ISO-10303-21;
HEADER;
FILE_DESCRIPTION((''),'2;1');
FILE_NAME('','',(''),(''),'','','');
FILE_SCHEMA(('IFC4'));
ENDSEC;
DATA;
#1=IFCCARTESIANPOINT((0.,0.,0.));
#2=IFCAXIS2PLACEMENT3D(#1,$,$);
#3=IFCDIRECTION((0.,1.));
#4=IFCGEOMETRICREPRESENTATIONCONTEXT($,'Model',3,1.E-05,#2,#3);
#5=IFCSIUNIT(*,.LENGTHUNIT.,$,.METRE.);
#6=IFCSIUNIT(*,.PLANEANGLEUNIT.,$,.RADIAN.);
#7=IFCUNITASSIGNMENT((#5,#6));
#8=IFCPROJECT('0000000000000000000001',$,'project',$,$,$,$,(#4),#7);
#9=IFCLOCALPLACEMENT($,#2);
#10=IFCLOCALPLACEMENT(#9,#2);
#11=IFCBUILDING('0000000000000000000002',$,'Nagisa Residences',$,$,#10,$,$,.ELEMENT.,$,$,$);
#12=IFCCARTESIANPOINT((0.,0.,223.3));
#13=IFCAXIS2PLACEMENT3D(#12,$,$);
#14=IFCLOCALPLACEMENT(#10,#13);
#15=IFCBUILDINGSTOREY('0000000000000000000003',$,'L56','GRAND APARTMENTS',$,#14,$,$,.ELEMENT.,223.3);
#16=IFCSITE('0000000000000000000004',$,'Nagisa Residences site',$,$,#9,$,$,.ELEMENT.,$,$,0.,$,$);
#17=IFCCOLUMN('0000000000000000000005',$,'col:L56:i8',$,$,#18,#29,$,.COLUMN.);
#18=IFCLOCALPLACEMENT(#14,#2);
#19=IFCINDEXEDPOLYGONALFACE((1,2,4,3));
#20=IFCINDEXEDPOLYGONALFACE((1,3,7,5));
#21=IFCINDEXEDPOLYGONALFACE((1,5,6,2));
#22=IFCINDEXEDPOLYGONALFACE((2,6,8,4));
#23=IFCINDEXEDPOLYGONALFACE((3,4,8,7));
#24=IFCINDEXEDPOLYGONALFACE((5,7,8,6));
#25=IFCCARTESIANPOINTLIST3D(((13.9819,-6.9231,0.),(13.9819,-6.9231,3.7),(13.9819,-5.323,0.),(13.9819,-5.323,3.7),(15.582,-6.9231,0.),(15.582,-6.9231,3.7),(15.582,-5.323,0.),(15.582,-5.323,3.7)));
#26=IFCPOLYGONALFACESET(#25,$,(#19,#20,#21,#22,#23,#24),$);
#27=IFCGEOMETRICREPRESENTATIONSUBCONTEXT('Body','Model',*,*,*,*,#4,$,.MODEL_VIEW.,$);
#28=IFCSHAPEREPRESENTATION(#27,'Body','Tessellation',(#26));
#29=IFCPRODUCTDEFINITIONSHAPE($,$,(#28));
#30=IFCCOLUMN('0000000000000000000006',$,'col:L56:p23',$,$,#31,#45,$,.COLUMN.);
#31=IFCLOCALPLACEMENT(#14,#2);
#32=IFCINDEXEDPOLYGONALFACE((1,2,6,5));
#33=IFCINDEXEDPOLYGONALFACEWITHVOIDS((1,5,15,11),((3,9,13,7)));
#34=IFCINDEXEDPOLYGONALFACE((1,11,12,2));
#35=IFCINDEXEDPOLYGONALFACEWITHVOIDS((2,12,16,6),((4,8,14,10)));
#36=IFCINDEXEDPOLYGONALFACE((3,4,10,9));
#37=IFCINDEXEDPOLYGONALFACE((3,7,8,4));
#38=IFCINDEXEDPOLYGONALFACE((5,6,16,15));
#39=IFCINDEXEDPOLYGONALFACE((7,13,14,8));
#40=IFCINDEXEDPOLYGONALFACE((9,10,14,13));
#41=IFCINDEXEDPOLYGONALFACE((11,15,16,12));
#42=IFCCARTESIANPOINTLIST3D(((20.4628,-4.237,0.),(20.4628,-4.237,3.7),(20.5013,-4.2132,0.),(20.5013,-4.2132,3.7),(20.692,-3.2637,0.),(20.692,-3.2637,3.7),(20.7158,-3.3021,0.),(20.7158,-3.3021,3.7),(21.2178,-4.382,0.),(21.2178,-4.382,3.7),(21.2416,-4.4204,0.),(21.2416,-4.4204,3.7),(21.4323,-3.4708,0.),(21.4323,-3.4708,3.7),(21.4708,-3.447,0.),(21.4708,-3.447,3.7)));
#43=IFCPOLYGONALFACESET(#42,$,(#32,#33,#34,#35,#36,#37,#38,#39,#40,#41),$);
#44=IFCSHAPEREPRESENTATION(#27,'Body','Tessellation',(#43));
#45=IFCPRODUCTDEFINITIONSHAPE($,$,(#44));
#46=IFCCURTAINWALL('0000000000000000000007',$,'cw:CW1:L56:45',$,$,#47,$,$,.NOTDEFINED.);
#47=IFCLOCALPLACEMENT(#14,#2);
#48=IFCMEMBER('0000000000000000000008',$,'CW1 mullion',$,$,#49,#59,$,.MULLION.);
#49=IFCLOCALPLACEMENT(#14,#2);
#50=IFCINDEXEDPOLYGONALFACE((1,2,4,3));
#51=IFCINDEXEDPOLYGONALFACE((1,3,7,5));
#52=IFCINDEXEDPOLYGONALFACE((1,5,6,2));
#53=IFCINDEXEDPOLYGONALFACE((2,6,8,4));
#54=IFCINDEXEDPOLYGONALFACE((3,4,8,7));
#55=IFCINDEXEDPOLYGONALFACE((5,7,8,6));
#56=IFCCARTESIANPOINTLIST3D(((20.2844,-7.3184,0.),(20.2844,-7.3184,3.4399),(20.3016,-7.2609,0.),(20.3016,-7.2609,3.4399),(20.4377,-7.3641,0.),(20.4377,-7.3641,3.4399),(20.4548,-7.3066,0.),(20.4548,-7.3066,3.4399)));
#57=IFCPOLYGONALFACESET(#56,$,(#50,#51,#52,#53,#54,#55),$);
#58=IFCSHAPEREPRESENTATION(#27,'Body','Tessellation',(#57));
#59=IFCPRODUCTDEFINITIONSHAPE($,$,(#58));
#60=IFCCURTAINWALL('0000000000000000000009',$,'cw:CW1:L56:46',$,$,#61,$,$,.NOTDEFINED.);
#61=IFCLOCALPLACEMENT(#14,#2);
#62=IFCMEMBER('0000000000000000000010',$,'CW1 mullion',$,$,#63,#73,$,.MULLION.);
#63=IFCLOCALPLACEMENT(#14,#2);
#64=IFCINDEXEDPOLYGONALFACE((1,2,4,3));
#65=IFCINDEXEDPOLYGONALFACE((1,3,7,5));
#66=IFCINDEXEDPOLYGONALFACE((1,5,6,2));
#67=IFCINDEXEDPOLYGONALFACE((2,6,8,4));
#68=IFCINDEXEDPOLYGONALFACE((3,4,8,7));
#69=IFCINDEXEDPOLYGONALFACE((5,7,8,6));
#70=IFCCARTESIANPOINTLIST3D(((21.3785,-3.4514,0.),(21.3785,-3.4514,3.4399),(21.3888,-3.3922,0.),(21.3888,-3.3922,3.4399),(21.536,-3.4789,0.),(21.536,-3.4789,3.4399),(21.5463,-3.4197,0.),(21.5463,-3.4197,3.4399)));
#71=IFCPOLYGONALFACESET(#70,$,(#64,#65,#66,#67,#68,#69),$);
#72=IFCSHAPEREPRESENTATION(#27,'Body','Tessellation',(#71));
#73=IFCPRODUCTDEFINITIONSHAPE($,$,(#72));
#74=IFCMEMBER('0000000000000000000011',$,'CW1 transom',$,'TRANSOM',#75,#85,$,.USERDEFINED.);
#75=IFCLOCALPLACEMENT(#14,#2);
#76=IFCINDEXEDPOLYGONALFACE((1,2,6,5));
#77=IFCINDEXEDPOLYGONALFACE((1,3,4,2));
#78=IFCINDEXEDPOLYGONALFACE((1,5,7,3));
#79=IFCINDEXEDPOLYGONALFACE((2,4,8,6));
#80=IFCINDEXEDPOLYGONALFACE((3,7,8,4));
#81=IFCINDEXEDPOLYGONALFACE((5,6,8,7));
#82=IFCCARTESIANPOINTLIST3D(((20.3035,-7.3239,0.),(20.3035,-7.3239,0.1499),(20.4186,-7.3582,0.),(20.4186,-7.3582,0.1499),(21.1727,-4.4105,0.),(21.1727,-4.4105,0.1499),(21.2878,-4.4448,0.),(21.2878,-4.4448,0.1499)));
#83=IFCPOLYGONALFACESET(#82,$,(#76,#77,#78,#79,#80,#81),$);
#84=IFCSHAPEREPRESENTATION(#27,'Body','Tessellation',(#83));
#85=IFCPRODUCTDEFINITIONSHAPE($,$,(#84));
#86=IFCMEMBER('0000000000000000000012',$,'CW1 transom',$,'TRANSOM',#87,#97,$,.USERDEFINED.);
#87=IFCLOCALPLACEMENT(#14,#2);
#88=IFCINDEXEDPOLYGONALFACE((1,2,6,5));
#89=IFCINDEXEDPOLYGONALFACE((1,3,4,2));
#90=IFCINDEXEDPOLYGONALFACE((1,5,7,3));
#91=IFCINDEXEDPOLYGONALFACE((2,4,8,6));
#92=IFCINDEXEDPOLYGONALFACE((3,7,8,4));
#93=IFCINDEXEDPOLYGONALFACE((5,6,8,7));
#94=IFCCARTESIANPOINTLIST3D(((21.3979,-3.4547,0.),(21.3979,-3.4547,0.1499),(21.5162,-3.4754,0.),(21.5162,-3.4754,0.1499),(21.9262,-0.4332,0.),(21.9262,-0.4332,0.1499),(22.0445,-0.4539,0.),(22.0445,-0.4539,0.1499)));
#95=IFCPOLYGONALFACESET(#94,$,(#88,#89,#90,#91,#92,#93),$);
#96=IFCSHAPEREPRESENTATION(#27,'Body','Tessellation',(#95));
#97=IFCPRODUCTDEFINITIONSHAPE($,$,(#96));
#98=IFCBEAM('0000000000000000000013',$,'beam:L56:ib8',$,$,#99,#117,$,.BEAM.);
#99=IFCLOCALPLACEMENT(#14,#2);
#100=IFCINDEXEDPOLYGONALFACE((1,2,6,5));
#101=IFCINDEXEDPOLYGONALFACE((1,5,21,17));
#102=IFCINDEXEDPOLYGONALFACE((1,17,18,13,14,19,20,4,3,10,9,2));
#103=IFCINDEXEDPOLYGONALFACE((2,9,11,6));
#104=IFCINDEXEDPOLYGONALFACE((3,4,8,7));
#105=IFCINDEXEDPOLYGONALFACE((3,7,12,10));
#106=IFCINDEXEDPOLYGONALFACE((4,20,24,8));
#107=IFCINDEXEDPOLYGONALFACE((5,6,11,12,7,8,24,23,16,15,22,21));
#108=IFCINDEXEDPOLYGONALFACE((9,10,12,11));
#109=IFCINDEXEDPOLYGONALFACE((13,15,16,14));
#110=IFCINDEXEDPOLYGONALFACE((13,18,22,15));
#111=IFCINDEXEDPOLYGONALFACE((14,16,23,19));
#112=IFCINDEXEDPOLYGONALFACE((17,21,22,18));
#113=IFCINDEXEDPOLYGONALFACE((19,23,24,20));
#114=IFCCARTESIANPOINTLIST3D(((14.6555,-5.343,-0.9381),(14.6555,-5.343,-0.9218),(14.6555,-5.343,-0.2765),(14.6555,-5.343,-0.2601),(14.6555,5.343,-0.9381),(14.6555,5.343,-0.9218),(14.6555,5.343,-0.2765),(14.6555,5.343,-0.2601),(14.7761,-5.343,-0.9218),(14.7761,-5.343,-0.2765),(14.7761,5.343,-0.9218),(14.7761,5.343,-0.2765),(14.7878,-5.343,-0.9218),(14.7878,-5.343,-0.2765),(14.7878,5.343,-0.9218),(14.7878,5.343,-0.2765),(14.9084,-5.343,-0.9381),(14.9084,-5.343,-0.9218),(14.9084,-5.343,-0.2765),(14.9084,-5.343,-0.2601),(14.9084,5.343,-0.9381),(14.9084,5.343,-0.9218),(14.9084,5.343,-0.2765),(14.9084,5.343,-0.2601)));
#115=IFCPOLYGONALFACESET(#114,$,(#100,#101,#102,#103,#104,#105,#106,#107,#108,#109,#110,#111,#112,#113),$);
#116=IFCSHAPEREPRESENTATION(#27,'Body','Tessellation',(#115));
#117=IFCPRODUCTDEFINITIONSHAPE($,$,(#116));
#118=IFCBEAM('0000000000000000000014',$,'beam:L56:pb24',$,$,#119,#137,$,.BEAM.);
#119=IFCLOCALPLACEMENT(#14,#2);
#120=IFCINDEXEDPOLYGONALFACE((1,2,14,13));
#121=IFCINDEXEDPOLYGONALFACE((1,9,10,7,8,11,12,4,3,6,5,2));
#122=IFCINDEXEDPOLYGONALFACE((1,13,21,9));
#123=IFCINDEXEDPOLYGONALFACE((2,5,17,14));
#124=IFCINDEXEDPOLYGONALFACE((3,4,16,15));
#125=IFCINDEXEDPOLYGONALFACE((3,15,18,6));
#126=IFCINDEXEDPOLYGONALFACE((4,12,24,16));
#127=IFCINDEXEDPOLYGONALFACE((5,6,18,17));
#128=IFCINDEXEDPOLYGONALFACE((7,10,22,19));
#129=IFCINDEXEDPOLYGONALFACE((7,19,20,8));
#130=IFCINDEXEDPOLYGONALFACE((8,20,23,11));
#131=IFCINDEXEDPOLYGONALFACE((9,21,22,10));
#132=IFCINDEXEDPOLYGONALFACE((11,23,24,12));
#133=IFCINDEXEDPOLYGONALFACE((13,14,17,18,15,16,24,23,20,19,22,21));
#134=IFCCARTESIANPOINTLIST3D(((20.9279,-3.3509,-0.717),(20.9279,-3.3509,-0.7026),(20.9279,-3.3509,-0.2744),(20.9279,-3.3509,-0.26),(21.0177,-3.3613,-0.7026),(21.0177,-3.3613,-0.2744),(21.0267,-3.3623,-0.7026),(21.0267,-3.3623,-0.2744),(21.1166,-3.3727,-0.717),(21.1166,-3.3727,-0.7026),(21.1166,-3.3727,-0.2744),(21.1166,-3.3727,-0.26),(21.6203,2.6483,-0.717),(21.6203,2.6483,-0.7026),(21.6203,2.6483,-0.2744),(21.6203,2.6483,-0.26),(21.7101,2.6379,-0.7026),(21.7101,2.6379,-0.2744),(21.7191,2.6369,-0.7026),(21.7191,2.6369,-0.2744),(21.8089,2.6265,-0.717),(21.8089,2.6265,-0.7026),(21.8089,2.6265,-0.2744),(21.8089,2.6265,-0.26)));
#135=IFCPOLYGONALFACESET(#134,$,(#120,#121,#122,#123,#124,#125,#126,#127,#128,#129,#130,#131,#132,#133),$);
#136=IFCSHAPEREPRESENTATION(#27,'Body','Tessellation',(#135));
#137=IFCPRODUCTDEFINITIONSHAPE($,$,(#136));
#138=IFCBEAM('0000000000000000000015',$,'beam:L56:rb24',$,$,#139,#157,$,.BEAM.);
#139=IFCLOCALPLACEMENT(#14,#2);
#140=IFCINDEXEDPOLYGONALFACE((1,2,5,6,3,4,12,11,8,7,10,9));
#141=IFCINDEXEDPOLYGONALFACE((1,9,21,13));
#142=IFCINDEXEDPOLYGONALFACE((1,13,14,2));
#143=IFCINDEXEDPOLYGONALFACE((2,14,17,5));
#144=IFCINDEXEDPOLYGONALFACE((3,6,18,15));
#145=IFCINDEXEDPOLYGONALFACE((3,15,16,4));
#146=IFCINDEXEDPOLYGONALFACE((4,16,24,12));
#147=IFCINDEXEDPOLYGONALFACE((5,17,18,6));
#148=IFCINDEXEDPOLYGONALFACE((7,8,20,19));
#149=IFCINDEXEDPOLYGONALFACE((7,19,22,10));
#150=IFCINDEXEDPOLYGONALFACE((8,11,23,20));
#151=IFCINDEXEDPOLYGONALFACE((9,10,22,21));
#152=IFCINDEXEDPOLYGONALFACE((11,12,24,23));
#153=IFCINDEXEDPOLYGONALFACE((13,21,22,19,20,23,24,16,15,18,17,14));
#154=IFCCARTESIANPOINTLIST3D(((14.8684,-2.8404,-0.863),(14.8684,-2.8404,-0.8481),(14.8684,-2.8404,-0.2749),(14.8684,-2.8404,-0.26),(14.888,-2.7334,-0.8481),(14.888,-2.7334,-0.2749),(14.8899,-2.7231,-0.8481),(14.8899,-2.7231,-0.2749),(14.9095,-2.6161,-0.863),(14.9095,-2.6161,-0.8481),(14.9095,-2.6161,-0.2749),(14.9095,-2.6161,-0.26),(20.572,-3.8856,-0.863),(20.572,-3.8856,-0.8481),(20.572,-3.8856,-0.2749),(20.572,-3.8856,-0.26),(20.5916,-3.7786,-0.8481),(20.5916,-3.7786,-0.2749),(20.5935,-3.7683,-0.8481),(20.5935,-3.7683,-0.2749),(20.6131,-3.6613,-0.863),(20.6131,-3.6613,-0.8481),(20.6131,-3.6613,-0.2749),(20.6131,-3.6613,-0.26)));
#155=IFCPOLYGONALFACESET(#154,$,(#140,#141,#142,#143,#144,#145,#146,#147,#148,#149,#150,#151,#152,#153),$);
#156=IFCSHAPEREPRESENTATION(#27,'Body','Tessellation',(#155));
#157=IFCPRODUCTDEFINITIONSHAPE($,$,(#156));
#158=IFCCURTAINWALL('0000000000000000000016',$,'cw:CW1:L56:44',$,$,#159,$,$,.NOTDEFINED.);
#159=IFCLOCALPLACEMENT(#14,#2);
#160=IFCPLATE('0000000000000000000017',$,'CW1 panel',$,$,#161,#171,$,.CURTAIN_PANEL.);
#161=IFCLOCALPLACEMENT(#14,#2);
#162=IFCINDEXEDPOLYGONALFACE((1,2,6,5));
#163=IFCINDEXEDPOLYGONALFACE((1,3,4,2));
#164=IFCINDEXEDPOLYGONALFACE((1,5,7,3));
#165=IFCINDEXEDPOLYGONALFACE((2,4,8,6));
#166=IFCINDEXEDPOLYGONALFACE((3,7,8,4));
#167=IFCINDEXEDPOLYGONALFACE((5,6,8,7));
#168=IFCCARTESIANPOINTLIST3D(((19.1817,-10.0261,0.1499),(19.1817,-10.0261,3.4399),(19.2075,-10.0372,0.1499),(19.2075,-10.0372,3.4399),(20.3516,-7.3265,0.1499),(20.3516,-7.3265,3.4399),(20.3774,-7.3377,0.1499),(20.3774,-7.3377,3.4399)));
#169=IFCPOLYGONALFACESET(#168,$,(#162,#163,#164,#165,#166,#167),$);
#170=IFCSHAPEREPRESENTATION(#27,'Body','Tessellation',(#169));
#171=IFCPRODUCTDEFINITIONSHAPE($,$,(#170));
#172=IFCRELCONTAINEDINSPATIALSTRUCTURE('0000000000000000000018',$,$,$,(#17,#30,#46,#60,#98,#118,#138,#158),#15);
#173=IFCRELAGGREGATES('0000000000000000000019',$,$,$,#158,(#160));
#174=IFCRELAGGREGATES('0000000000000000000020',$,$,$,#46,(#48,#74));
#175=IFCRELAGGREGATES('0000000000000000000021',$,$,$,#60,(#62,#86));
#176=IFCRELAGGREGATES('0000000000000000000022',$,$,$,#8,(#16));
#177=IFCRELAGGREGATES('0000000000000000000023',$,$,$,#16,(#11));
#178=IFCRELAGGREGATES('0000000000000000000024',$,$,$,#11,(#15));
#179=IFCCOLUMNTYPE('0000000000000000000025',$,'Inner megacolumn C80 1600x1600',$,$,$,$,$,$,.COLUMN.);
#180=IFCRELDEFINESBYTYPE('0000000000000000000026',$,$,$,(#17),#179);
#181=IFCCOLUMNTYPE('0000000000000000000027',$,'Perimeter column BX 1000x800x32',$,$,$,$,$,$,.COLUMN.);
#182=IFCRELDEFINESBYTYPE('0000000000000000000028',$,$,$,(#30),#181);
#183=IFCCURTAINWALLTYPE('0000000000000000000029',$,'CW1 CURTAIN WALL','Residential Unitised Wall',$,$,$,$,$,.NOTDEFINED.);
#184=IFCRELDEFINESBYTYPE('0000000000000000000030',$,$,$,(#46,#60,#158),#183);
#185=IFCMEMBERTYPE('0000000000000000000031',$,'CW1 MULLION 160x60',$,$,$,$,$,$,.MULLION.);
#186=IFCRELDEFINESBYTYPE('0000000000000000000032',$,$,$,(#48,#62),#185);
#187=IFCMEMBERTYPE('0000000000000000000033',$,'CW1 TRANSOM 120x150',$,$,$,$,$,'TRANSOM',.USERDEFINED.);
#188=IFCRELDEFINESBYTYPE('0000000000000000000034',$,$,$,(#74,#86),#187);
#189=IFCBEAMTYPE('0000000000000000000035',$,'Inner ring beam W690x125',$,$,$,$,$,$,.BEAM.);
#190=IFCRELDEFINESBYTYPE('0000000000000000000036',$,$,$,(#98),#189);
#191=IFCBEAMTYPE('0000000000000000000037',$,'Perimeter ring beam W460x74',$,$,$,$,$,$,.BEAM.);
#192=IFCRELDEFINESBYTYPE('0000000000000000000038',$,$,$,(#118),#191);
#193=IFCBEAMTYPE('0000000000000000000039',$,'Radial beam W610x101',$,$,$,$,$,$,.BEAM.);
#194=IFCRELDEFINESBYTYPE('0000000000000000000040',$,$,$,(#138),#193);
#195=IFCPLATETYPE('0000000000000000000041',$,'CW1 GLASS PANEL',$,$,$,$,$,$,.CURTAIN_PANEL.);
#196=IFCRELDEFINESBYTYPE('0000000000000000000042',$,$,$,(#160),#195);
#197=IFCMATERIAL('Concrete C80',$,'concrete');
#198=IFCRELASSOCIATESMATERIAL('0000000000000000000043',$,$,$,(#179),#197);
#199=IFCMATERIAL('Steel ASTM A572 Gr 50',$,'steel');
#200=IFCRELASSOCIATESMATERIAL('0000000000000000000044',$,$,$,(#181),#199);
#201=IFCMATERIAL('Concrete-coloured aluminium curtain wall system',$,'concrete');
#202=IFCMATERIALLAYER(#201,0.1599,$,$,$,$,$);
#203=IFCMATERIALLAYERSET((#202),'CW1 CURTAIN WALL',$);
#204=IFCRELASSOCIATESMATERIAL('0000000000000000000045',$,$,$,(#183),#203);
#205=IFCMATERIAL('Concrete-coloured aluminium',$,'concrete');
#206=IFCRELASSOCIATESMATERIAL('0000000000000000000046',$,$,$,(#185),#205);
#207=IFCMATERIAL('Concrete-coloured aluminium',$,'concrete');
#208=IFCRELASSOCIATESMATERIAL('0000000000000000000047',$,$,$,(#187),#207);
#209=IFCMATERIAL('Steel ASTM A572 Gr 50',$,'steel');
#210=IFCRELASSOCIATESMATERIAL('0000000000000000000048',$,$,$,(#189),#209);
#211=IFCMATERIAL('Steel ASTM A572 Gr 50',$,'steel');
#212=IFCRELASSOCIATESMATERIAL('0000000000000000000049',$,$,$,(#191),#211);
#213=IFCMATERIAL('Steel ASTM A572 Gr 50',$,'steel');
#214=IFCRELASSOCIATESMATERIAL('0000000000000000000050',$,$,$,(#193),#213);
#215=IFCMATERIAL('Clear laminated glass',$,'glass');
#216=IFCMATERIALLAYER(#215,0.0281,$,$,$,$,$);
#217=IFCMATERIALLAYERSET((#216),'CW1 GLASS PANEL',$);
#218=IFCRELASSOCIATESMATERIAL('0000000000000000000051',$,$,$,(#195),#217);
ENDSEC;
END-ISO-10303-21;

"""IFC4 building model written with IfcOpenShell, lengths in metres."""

from ifc_helpers import new_model, si_unit, direction, frame, origin, origin_2d, place, context, subcontext, project, spatial, rectangle, hollow_rectangle, i_section, extrude, material, layer, layer_set, material_profile, profile_set, type_object, element, aggregate, save


model = new_model("IFC4")

# Units and contexts
model_context = context("Model", 3, precision=1e-05, world=origin(), true_north=direction((0.0, 1.0)))
body_context = subcontext(model_context, "Body", "Model", "MODEL_VIEW")
ifc_project = project(units=[si_unit("LENGTHUNIT", "METRE"), si_unit("PLANEANGLEUNIT", "RADIAN")], contexts=[model_context])

# Site, building, storey
site_placement = place(None, origin())
site = spatial("IfcSite", under=ifc_project, at=site_placement, Name="Nagisa Residences site", CompositionType="ELEMENT", RefElevation=0.0)
building_placement = place(site_placement, origin())
building = spatial("IfcBuilding", under=site, at=building_placement, Name="Nagisa Residences", CompositionType="ELEMENT")
storey_placement = place(building_placement, frame((0.0, 0.0, 223.3)))
storey = spatial("IfcBuildingStorey", under=building, at=storey_placement, Name="L56", Description="GRAND APARTMENTS", CompositionType="ELEMENT", Elevation=223.3)

# Columns
ifc_material_1 = material(Name="Concrete C80", Category="concrete")
ifc_material_profile_1 = material_profile(ifc_material_1, rectangle(XDim=1.6001, YDim=1.6001, at=origin_2d()), Name="C80 1600x1600")
ifc_profile_set_1 = profile_set([ifc_material_profile_1], Name="Concrete C80")
column_type_1 = type_object("IfcColumnType", Name="Inner megacolumn C80 1600x1600", PredefinedType="COLUMN", material=ifc_profile_set_1)
column_1_placement = place(storey_placement, frame((14.782, -6.123, 0.0), z_axis=(0.0, 0.0, 1.0), x_axis=(1.0, 0.0, 0.0)))
element("IfcColumn", 1, at=column_1_placement, inside=storey, type_object=column_type_1, Name="col:L56:i8", PredefinedType="COLUMN", context=body_context, shape_type="SweptSolid", body=[
    extrude(rectangle(XDim=1.6001, YDim=1.6001, at=origin_2d()), origin(), (0.0, 0.0, 1.0), 3.7),
])
ifc_material_2 = material(Name="Steel ASTM A572 Gr 50", Category="steel")
ifc_material_profile_2 = material_profile(ifc_material_2, hollow_rectangle(XDim=1.0, YDim=0.8, WallThickness=0.032, at=origin_2d()), Name="BX 1000x800x32")
ifc_profile_set_2 = profile_set([ifc_material_profile_2], Name="Steel ASTM A572 Gr 50")
column_type_2 = type_object("IfcColumnType", Name="Perimeter column BX 1000x800x32", PredefinedType="COLUMN", material=ifc_profile_set_2)
column_2_placement = place(storey_placement, frame((20.9668, -3.842, 0.0), z_axis=(0.0, 0.0, 1.0), x_axis=(0.229202, 0.973379, 0.0)))
element("IfcColumn", 2, at=column_2_placement, inside=storey, type_object=column_type_2, Name="col:L56:p23", PredefinedType="COLUMN", context=body_context, shape_type="SweptSolid", body=[
    extrude(hollow_rectangle(XDim=1.0, YDim=0.8, WallThickness=0.032, at=origin_2d()), origin(), (0.0, 0.0, 1.0), 3.7),
])

# Curtain walls, members
ifc_material_3 = material(Name="Concrete-coloured aluminium curtain wall system", Category="concrete")
ifc_layer_1 = layer(ifc_material_3, 0.1599)
ifc_layer_set_1 = layer_set([ifc_layer_1], Name="CW1 CURTAIN WALL")
curtain_wall_type = type_object("IfcCurtainWallType", Name="CW1 CURTAIN WALL", Description="Residential Unitised Wall", PredefinedType="NOTDEFINED", material=ifc_layer_set_1)
curtain_wall_1_placement = place(storey_placement, origin())
curtain_wall_1 = element("IfcCurtainWall", 3, at=curtain_wall_1_placement, inside=storey, type_object=curtain_wall_type, Name="cw:CW1:L56:45", PredefinedType="NOTDEFINED")
ifc_material_4 = material(Name="Concrete-coloured aluminium", Category="concrete")
ifc_material_profile_3 = material_profile(ifc_material_4, rectangle(XDim=0.1599, YDim=0.0601, at=origin_2d()), Name="CW1 MULLION 160x60")
ifc_profile_set_3 = profile_set([ifc_material_profile_3], Name="Concrete-coloured aluminium")
member_type_1 = type_object("IfcMemberType", Name="CW1 MULLION 160x60", PredefinedType="MULLION", material=ifc_profile_set_3)
member_1_placement = place(storey_placement, frame((20.3696, -7.3125, 0.0), z_axis=(0.0, 0.0, 1.0), x_axis=(-0.958271, 0.28586, 0.0)))
member_1 = element("IfcMember", 4, at=member_1_placement, type_object=member_type_1, Name="CW1 mullion", PredefinedType="MULLION", context=body_context, shape_type="SweptSolid", body=[
    extrude(rectangle(XDim=0.1599, YDim=0.0601, at=origin_2d()), origin(), (0.0, 0.0, 1.0), 3.4399),
])
curtain_wall_2_placement = place(storey_placement, origin())
curtain_wall_2 = element("IfcCurtainWall", 5, at=curtain_wall_2_placement, inside=storey, type_object=curtain_wall_type, Name="cw:CW1:L56:46", PredefinedType="NOTDEFINED")
member_2_placement = place(storey_placement, frame((21.4624, -3.4355, 0.0), z_axis=(0.0, 0.0, 1.0), x_axis=(-0.985064, 0.172191, 0.0)))
member_2 = element("IfcMember", 6, at=member_2_placement, type_object=member_type_1, Name="CW1 mullion", PredefinedType="MULLION", context=body_context, shape_type="SweptSolid", body=[
    extrude(rectangle(XDim=0.1599, YDim=0.0601, at=origin_2d()), origin(), (0.0, 0.0, 1.0), 3.4399),
])

# Members
ifc_material_5 = material(Name="Concrete-coloured aluminium", Category="concrete")
ifc_material_profile_4 = material_profile(ifc_material_5, rectangle(XDim=0.1201, YDim=0.1499, at=origin_2d()), Name="CW1 TRANSOM 120x150")
ifc_profile_set_4 = profile_set([ifc_material_profile_4], Name="Concrete-coloured aluminium")
member_type_2 = type_object("IfcMemberType", Name="CW1 TRANSOM 120x150", ElementType="TRANSOM", PredefinedType="USERDEFINED", material=ifc_profile_set_4)
member_3_placement = place(storey_placement, frame((20.3611, -7.3411, 0.075), z_axis=(0.285881, 0.958265, 0.0), x_axis=(-0.958265, 0.285881, 0.0)))
member_3 = element("IfcMember", 7, at=member_3_placement, type_object=member_type_2, Name="CW1 transom", ObjectType="TRANSOM", PredefinedType="USERDEFINED", context=body_context, shape_type="SweptSolid", body=[
    extrude(rectangle(XDim=0.1201, YDim=0.1499, at=origin_2d()), origin(), (0.0, 0.0, 1.0), 3.0403),
])
member_4_placement = place(storey_placement, frame((21.457, -3.4651, 0.075), z_axis=(0.172241, 0.985055, 0.0), x_axis=(-0.985055, 0.172241, 0.0)))
member_4 = element("IfcMember", 8, at=member_4_placement, type_object=member_type_2, Name="CW1 transom", ObjectType="TRANSOM", PredefinedType="USERDEFINED", context=body_context, shape_type="SweptSolid", body=[
    extrude(rectangle(XDim=0.1201, YDim=0.1499, at=origin_2d()), origin(), (0.0, 0.0, 1.0), 3.0674),
])

# Beams
ifc_material_6 = material(Name="Steel ASTM A572 Gr 50", Category="steel")
ifc_material_profile_5 = material_profile(ifc_material_6, i_section(OverallWidth=0.2529, OverallDepth=0.678, WebThickness=0.0117, FlangeThickness=0.0164, at=origin_2d()), Name="W690x125")
ifc_profile_set_5 = profile_set([ifc_material_profile_5], Name="Steel ASTM A572 Gr 50")
beam_type_1 = type_object("IfcBeamType", Name="Inner ring beam W690x125", PredefinedType="BEAM", material=ifc_profile_set_5)
beam_1_placement = place(storey_placement, frame((14.782, -5.343, -0.5991), z_axis=(0.0, 1.0, 0.0), x_axis=(-1.0, 0.0, 0.0)))
element("IfcBeam", 9, at=beam_1_placement, inside=storey, type_object=beam_type_1, Name="beam:L56:ib8", PredefinedType="BEAM", context=body_context, shape_type="SweptSolid", body=[
    extrude(i_section(OverallWidth=0.2529, OverallDepth=0.678, WebThickness=0.0117, FlangeThickness=0.0164, at=origin_2d()), origin(), (0.0, 0.0, 1.0), 10.686),
])
ifc_material_7 = material(Name="Steel ASTM A572 Gr 50", Category="steel")
ifc_material_profile_6 = material_profile(ifc_material_7, i_section(OverallWidth=0.1899, OverallDepth=0.457, WebThickness=0.009, FlangeThickness=0.0144, at=origin_2d()), Name="W460x74")
ifc_profile_set_6 = profile_set([ifc_material_profile_6], Name="Steel ASTM A572 Gr 50")
beam_type_2 = type_object("IfcBeamType", Name="Perimeter ring beam W460x74", PredefinedType="BEAM", material=ifc_profile_set_6)
beam_2_placement = place(storey_placement, frame((21.0222, -3.3618, -0.4885), z_axis=(0.11465, 0.993406, 0.0), x_axis=(-0.993406, 0.11465, 0.0)))
element("IfcBeam", 10, at=beam_2_placement, inside=storey, type_object=beam_type_2, Name="beam:L56:pb24", PredefinedType="BEAM", context=body_context, shape_type="SweptSolid", body=[
    extrude(i_section(OverallWidth=0.1899, OverallDepth=0.457, WebThickness=0.009, FlangeThickness=0.0144, at=origin_2d()), origin(), (0.0, 0.0, 1.0), 6.0391),
])
ifc_material_8 = material(Name="Steel ASTM A572 Gr 50", Category="steel")
ifc_material_profile_7 = material_profile(ifc_material_8, i_section(OverallWidth=0.228, OverallDepth=0.603, WebThickness=0.0105, FlangeThickness=0.0149, at=origin_2d()), Name="W610x101")
ifc_profile_set_7 = profile_set([ifc_material_profile_7], Name="Steel ASTM A572 Gr 50")
beam_type_3 = type_object("IfcBeamType", Name="Radial beam W610x101", PredefinedType="BEAM", material=ifc_profile_set_7)
beam_3_placement = place(storey_placement, frame((20.5925, -3.7734, -0.5615), z_axis=(-0.983622, 0.180245, 0.0), x_axis=(-0.180245, -0.983622, 0.0)))
element("IfcBeam", 11, at=beam_3_placement, inside=storey, type_object=beam_type_3, Name="beam:L56:rb24", PredefinedType="BEAM", context=body_context, shape_type="SweptSolid", body=[
    extrude(i_section(OverallWidth=0.228, OverallDepth=0.603, WebThickness=0.0105, FlangeThickness=0.0149, at=origin_2d()), origin(), (0.0, 0.0, 1.0), 5.7986),
])

# Curtain wall, plate
curtain_wall_3_placement = place(storey_placement, origin())
curtain_wall_3 = element("IfcCurtainWall", 12, at=curtain_wall_3_placement, inside=storey, type_object=curtain_wall_type, Name="cw:CW1:L56:44", PredefinedType="NOTDEFINED")
ifc_material_9 = material(Name="Clear laminated glass", Category="glass")
ifc_layer_2 = layer(ifc_material_9, 0.0281)
ifc_layer_set_2 = layer_set([ifc_layer_2], Name="CW1 GLASS PANEL")
plate_type = type_object("IfcPlateType", Name="CW1 GLASS PANEL", PredefinedType="CURTAIN_PANEL", material=ifc_layer_set_2)
plate_1_placement = place(storey_placement, frame((19.7795, -8.6819, 0.1499), z_axis=(0.0, 0.0, 1.0), x_axis=(0.397636, 0.917543, 0.0)))
plate_1 = element("IfcPlate", 13, at=plate_1_placement, type_object=plate_type, Name="CW1 panel", PredefinedType="CURTAIN_PANEL", context=body_context, shape_type="SweptSolid", body=[
    extrude(rectangle(XDim=2.9421, YDim=0.0281, at=origin_2d()), origin(), (0.0, 0.0, 1.0), 3.29),
])
aggregate(curtain_wall_3, [plate_1])

aggregate(curtain_wall_1, [member_1, member_3])
aggregate(curtain_wall_2, [member_2, member_4])

save(model, "model.ifc")
